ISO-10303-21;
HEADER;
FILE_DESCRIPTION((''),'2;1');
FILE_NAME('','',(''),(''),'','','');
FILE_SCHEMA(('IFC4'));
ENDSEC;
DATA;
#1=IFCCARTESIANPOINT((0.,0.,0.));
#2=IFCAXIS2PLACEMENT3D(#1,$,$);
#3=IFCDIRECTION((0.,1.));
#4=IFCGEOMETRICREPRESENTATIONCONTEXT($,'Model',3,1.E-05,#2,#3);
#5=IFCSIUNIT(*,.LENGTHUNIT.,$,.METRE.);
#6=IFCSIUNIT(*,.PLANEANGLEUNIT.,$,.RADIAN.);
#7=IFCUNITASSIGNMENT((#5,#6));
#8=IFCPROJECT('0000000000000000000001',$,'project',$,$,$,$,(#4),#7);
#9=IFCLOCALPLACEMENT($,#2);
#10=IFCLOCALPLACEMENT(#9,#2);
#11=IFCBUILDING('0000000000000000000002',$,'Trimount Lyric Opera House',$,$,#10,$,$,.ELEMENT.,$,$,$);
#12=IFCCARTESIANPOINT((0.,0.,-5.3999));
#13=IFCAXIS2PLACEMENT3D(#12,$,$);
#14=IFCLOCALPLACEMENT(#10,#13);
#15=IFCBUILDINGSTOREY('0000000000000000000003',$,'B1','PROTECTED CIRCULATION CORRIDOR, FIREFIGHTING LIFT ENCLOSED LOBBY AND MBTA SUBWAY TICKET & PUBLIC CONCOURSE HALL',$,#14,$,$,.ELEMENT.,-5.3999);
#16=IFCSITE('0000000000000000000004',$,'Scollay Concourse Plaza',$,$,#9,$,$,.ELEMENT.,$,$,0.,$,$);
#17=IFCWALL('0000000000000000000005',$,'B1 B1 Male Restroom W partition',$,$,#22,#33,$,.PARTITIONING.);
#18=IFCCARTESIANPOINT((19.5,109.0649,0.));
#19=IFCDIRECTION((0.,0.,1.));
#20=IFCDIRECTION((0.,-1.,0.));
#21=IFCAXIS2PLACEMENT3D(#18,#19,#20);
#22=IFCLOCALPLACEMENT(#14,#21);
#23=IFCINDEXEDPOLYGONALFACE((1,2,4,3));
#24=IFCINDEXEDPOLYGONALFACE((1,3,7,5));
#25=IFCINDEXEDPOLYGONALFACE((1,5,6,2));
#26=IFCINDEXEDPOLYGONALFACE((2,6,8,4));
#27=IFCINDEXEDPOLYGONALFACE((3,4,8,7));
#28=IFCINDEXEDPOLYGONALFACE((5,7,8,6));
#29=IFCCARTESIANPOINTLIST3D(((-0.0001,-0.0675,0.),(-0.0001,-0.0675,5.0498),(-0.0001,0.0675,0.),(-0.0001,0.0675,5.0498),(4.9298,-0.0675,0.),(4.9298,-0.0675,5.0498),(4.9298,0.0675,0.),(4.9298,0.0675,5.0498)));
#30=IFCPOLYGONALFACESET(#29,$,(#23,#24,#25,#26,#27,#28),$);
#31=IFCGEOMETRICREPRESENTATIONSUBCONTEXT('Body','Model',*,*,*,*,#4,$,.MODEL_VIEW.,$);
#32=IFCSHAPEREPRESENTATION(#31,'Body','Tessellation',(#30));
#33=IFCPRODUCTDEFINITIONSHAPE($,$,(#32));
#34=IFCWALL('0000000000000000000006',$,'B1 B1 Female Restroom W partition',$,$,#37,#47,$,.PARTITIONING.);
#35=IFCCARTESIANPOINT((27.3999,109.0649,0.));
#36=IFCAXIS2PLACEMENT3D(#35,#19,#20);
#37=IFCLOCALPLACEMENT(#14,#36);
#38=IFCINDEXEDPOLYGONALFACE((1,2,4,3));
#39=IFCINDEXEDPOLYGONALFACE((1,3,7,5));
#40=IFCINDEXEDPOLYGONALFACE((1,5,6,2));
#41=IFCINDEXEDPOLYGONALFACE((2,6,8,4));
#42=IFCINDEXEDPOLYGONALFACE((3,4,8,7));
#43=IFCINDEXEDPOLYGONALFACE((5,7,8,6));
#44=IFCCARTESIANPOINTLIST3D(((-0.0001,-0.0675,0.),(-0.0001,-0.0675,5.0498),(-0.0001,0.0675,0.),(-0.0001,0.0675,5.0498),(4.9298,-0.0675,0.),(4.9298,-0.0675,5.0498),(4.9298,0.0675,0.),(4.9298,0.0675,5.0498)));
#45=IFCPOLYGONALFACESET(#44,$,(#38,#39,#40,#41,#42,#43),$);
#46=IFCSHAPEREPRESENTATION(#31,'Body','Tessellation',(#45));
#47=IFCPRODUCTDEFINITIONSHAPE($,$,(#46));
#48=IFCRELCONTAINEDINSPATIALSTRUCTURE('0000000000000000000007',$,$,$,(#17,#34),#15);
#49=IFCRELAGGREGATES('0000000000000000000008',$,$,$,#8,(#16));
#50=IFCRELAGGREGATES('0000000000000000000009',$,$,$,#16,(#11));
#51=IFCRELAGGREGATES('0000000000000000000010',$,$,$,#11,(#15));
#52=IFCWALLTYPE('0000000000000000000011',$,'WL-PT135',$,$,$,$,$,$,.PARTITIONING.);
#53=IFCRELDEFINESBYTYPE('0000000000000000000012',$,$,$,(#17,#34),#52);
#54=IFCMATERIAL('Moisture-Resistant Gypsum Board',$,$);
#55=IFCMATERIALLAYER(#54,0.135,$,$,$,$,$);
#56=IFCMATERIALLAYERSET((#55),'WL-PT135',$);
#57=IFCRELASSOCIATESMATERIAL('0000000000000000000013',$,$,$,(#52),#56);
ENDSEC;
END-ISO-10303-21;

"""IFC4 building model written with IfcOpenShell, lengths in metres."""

from ifc_helpers import new_model, si_unit, direction, frame, frame_2d, origin, place, context, subcontext, project, spatial, rectangle, extrude, material, layer, layer_set, type_object, element, save


model = new_model("IFC4")

# Units and contexts
model_context = context("Model", 3, precision=1e-05, world=origin(), true_north=direction((0.0, 1.0)))
body_context = subcontext(model_context, "Body", "Model", "MODEL_VIEW")
ifc_project = project(units=[si_unit("LENGTHUNIT", "METRE"), si_unit("PLANEANGLEUNIT", "RADIAN")], contexts=[model_context])

# Site, building, storey
site_placement = place(None, origin())
site = spatial("IfcSite", under=ifc_project, at=site_placement, Name="Scollay Concourse Plaza", CompositionType="ELEMENT", RefElevation=0.0)
building_placement = place(site_placement, origin())
building = spatial("IfcBuilding", under=site, at=building_placement, Name="Trimount Lyric Opera House", CompositionType="ELEMENT")
storey_placement = place(building_placement, frame((0.0, 0.0, -5.3999)))
storey = spatial("IfcBuildingStorey", under=building, at=storey_placement, Name="B1", Description="PROTECTED CIRCULATION CORRIDOR, FIREFIGHTING LIFT ENCLOSED LOBBY AND MBTA SUBWAY TICKET & PUBLIC CONCOURSE HALL", CompositionType="ELEMENT", Elevation=-5.3999)

# Shared definitions
ifc_material_1 = material(Name="Moisture-Resistant Gypsum Board")
ifc_layer_1 = layer(ifc_material_1, 0.135)
ifc_layer_set_1 = layer_set([ifc_layer_1], Name="WL-PT135")
wall_type_1 = type_object("IfcWallType", Name="WL-PT135", PredefinedType="PARTITIONING", material=ifc_layer_set_1)

# Wall
for number, where, z_axis, x_axis, name in (
    (1, (19.5, 109.0649, 0.0), (0.0, 0.0, 1.0), (0.0, -1.0, 0.0), "B1 B1 Male Restroom W partition"),
):
    element("IfcWall", number, at=place(storey_placement, frame(where, z_axis=z_axis, x_axis=x_axis)), inside=storey, type_object=wall_type_1, Name=name, PredefinedType="PARTITIONING", context=body_context, shape_type="SweptSolid", body=[
        extrude(rectangle(XDim=4.9299, YDim=0.135, at=frame_2d((2.4648, 0.0))), origin(), (0.0, 0.0, 1.0), 5.0498),
    ])

# Wall
wall_1_placement = place(storey_placement, frame((27.3999, 109.0649, 0.0), z_axis=(0.0, 0.0, 1.0), x_axis=(0.0, -1.0, 0.0)))
element("IfcWall", 2, at=wall_1_placement, inside=storey, type_object=wall_type_1, Name="B1 B1 Female Restroom W partition", PredefinedType="PARTITIONING", context=body_context, shape_type="SweptSolid", body=[
    extrude(rectangle(XDim=4.9299, YDim=0.135, at=frame_2d((2.4648, 0.0))), origin(), (0.0, 0.0, 1.0), 5.0498),
])

save(model, "model.ifc")
